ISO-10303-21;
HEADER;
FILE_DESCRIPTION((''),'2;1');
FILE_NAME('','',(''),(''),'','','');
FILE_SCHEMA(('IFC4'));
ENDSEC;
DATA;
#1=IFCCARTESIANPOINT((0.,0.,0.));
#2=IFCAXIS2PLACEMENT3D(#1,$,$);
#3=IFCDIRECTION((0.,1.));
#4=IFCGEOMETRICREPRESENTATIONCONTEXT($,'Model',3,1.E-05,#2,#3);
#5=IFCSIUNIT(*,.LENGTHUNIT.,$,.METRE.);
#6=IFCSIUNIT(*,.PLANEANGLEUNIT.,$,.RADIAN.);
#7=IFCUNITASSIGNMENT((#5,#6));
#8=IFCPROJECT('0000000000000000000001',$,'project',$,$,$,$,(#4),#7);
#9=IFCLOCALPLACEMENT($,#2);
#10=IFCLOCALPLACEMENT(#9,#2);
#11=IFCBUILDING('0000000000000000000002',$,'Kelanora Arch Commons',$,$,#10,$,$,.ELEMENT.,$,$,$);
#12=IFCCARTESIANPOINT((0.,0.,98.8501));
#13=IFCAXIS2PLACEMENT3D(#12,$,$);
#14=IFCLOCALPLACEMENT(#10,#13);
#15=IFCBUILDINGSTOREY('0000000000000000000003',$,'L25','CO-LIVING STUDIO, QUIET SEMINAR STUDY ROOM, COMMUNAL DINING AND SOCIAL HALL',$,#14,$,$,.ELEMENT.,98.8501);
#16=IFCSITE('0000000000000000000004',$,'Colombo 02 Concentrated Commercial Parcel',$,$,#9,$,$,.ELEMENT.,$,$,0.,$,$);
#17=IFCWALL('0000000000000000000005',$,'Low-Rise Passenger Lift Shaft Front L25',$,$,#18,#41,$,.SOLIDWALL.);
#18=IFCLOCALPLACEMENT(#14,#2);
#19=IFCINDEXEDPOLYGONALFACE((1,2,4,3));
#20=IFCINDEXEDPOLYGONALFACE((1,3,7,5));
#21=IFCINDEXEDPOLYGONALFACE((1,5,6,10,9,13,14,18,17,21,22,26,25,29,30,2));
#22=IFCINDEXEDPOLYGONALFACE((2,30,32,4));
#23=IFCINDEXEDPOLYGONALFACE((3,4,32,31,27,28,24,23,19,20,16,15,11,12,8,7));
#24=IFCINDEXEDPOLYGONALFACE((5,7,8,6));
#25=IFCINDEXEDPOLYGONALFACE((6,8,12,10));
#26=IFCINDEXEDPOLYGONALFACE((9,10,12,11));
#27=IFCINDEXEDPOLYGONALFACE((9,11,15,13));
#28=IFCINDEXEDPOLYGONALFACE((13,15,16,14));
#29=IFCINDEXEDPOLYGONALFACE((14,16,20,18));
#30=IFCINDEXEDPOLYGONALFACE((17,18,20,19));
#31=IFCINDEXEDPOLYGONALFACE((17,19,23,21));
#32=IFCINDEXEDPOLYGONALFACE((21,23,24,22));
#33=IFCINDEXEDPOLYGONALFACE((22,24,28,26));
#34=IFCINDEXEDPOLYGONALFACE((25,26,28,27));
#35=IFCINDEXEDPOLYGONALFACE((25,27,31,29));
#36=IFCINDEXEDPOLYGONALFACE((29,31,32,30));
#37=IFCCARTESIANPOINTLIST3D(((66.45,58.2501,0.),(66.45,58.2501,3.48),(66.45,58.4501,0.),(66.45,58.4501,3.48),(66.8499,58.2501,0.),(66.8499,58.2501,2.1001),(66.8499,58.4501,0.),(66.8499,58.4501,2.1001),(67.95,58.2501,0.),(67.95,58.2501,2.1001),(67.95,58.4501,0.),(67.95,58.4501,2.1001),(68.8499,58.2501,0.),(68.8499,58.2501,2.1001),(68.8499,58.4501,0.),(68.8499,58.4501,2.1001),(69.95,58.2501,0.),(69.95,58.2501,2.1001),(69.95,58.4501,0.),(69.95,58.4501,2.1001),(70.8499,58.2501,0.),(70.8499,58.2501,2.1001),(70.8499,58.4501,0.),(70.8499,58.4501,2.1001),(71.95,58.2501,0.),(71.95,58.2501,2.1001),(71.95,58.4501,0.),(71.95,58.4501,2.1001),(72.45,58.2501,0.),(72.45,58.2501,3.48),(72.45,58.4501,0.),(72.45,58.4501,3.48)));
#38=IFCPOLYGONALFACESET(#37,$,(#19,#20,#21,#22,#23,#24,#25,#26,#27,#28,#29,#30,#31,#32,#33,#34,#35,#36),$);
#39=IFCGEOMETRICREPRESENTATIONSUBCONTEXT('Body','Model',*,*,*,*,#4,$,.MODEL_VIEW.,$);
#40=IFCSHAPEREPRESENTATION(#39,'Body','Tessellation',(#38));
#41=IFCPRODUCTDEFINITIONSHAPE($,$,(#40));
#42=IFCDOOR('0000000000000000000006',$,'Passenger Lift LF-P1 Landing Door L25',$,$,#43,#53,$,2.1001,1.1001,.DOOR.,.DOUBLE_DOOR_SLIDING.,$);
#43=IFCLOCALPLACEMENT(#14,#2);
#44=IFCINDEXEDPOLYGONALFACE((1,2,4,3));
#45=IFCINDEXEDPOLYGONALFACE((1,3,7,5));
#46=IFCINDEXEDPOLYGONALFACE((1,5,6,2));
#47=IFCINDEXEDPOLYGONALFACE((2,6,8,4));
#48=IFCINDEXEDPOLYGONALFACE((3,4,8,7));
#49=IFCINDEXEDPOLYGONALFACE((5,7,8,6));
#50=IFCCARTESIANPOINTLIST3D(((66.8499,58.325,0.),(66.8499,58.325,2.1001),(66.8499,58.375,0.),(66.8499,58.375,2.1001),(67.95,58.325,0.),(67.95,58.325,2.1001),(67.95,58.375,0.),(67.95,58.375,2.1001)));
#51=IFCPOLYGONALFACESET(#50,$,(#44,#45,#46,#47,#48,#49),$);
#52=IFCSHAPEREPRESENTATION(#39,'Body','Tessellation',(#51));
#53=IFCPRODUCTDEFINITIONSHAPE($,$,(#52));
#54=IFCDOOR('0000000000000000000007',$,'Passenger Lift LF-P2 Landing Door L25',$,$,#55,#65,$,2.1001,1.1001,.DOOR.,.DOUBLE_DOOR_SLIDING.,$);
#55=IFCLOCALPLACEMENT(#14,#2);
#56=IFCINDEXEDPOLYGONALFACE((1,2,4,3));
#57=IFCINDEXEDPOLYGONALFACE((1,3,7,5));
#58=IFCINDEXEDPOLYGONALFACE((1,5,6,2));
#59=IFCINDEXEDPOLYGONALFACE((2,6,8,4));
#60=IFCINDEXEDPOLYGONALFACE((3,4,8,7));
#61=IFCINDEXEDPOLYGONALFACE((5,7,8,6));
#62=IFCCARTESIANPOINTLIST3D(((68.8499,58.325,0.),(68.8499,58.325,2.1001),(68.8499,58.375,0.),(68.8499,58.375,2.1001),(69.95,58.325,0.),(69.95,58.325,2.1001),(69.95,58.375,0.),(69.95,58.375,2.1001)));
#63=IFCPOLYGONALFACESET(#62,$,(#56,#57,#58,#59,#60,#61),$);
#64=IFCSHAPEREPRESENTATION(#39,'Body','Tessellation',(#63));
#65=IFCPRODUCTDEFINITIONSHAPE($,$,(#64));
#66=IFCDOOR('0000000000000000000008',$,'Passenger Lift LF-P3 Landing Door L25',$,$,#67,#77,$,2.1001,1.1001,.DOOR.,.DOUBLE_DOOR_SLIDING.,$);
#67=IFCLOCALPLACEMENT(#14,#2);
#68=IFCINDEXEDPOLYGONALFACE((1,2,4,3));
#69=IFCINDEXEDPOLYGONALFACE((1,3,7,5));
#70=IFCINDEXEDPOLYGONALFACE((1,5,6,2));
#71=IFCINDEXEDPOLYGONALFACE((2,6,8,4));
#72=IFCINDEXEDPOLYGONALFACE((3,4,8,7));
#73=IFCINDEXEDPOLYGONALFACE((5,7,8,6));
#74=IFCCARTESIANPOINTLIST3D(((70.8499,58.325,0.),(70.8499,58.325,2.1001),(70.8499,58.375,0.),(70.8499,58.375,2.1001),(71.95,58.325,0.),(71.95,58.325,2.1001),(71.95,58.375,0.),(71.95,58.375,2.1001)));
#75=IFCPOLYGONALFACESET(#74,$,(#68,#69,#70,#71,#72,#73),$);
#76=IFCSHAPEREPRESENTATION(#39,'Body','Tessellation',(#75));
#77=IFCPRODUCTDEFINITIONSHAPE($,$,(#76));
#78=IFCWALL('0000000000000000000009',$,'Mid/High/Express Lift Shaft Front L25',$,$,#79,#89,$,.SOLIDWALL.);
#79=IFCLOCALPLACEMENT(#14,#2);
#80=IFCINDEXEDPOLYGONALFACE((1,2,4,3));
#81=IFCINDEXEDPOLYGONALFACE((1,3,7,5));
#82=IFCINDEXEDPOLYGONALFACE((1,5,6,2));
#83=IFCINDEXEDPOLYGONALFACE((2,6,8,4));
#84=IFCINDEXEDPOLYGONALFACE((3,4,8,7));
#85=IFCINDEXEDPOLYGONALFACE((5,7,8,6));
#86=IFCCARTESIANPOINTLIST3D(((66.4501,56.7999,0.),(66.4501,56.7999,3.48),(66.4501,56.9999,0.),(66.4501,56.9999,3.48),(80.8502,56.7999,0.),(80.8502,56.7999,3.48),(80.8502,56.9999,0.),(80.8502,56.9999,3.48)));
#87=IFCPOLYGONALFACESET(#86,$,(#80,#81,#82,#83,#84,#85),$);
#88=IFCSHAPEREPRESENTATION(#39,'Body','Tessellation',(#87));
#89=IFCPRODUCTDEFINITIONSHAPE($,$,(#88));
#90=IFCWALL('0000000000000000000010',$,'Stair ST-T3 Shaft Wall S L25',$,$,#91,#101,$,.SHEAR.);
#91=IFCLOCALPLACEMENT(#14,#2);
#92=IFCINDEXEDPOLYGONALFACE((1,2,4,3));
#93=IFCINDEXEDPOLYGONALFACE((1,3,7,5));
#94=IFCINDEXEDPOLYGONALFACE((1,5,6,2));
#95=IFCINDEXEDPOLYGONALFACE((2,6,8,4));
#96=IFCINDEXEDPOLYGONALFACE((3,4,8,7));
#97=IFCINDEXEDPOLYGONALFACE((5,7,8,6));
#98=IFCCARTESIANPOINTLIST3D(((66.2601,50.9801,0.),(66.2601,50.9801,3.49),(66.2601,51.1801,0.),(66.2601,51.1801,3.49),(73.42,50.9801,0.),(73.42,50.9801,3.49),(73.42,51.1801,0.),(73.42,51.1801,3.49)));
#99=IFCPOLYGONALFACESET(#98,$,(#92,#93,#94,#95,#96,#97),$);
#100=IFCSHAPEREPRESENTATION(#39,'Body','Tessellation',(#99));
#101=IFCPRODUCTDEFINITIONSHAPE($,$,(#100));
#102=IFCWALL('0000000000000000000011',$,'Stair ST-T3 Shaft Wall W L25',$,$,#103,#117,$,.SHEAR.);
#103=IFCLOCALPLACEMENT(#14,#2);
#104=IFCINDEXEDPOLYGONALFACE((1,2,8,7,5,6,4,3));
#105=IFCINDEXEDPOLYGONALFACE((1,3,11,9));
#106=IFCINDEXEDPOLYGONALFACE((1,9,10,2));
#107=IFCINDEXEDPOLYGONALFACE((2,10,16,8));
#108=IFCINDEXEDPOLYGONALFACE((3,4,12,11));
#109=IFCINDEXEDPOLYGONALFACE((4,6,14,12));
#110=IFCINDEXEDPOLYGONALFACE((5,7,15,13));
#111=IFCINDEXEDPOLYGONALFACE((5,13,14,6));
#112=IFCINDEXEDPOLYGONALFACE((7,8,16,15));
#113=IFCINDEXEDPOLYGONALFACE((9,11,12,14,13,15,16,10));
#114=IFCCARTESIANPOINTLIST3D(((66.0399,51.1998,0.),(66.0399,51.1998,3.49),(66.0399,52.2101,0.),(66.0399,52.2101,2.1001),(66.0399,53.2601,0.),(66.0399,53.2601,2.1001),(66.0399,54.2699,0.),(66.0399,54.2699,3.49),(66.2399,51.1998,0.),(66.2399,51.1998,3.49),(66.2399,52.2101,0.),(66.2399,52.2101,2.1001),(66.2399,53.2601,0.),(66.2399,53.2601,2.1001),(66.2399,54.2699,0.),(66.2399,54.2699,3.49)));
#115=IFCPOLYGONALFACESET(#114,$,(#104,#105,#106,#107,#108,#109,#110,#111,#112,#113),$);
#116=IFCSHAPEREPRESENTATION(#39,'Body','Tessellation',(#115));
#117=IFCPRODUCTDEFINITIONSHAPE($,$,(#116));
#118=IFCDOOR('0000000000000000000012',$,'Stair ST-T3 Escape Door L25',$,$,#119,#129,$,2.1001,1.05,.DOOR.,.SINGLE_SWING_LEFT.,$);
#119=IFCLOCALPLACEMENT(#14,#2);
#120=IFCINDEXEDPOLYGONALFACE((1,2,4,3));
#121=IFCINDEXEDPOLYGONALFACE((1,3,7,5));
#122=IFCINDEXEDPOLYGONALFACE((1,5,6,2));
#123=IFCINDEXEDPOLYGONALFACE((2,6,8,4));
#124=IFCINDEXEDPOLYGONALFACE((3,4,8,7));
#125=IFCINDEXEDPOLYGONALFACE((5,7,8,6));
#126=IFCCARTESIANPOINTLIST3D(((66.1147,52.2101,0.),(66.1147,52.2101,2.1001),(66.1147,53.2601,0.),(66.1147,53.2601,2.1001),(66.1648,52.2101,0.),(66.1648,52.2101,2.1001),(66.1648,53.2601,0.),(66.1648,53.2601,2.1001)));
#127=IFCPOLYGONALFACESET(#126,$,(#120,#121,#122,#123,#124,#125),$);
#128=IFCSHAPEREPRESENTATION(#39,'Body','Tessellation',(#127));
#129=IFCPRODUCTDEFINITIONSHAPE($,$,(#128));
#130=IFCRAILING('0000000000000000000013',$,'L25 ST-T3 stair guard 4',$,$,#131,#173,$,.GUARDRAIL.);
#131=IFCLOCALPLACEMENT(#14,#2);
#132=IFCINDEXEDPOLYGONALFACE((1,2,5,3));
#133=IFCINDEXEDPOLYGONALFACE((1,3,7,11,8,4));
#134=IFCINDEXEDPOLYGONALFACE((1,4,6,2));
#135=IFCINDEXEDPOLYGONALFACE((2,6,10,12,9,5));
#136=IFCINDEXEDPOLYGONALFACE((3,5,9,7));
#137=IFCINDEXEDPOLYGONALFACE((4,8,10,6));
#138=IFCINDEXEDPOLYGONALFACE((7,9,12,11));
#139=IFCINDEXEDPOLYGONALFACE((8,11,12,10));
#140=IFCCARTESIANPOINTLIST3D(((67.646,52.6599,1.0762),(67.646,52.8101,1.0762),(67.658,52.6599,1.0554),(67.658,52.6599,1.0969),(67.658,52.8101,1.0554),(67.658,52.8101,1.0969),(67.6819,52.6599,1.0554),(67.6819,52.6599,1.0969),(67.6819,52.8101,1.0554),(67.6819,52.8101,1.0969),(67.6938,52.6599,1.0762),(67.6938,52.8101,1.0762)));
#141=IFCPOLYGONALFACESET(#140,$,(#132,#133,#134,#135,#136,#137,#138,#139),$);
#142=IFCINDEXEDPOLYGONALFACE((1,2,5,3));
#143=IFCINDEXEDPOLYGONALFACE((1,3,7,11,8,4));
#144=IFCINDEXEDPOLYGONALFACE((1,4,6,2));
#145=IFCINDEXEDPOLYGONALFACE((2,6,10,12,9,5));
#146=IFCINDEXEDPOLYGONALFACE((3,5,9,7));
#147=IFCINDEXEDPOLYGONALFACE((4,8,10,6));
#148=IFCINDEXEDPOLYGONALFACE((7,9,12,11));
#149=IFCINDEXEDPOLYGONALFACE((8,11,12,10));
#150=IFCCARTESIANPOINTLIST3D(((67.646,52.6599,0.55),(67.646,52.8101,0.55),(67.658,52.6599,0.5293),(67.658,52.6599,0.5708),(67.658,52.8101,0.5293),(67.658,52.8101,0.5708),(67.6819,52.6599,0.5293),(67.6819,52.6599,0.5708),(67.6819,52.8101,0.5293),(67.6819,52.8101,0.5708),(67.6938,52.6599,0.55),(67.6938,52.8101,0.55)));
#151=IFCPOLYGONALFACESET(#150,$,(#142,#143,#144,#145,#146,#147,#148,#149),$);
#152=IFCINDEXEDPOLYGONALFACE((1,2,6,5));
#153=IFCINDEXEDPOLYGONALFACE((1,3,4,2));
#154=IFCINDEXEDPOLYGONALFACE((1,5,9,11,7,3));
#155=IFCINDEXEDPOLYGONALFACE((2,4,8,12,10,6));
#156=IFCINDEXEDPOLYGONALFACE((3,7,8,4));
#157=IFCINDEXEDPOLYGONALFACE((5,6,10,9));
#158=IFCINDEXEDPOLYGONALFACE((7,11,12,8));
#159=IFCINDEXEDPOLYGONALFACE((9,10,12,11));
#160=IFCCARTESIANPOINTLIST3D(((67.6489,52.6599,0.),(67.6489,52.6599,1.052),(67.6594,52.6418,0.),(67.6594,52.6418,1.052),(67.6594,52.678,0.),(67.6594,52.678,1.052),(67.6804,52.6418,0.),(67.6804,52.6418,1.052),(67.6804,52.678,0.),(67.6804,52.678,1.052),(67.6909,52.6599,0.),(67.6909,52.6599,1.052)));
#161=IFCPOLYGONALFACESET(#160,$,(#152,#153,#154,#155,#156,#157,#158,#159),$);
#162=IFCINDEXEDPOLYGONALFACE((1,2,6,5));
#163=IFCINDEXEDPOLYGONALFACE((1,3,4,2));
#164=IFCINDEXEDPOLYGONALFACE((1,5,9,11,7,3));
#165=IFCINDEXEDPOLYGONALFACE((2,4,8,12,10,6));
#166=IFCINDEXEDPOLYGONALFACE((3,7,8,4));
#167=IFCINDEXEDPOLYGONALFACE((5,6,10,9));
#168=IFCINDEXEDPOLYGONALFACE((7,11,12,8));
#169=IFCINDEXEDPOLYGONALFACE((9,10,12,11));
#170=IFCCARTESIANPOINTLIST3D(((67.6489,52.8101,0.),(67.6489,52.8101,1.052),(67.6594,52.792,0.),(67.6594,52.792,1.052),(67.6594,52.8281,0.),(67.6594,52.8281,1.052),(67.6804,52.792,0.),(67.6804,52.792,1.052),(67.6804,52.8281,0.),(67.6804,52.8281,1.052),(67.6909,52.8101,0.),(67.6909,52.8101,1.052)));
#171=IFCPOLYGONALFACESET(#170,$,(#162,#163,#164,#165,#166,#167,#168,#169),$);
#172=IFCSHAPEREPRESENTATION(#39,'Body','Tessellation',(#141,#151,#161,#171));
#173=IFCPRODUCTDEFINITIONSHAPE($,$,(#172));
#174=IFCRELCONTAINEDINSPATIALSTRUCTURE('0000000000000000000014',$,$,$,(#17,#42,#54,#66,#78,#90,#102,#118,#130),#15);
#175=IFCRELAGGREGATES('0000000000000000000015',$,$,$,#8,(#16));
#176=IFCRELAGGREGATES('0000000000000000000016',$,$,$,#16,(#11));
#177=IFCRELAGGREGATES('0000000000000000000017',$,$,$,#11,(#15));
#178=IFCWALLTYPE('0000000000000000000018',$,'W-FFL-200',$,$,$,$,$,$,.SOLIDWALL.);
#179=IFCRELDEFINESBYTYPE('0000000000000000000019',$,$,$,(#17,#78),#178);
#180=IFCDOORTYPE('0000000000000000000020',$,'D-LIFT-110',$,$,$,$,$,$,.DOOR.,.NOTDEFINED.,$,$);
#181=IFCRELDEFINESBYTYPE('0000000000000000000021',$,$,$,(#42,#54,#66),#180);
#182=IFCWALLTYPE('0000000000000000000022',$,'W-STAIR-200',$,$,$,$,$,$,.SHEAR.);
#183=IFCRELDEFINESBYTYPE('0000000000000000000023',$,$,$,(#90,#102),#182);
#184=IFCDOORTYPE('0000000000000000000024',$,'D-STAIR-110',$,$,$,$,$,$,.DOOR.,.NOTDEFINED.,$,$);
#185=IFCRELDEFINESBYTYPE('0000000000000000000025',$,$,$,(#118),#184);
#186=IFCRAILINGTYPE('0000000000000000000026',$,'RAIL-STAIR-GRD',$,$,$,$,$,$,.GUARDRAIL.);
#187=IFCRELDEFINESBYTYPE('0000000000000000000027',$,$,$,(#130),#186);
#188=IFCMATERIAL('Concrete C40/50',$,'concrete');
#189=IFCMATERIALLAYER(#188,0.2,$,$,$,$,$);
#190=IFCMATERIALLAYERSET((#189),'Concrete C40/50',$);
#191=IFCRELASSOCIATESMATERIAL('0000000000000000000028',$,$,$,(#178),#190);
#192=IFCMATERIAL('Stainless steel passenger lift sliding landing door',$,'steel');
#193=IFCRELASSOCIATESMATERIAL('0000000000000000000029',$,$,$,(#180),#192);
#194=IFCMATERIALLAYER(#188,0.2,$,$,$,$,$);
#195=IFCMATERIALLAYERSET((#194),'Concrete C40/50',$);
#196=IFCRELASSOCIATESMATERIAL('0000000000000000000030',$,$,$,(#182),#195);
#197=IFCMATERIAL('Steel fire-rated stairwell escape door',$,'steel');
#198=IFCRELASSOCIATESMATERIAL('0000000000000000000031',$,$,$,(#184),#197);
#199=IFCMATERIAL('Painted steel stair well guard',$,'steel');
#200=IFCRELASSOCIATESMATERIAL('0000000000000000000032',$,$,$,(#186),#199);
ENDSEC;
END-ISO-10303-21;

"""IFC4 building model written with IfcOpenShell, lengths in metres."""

from ifc_helpers import new_model, si_unit, direction, frame, frame_2d, origin, place, context, subcontext, project, spatial, polyline, rectangle, outline, extrude, material, layer, layer_set, type_object, element, fill, save


model = new_model("IFC4")

# Units and contexts
model_context = context("Model", 3, precision=1e-05, world=origin(), true_north=direction((0.0, 1.0)))
body_context = subcontext(model_context, "Body", "Model", "MODEL_VIEW")
ifc_project = project(units=[si_unit("LENGTHUNIT", "METRE"), si_unit("PLANEANGLEUNIT", "RADIAN")], contexts=[model_context])

# Site, building, storey
site_placement = place(None, origin())
site = spatial("IfcSite", under=ifc_project, at=site_placement, Name="Colombo 02 Concentrated Commercial Parcel", CompositionType="ELEMENT", RefElevation=0.0)
building_placement = place(site_placement, origin())
building = spatial("IfcBuilding", under=site, at=building_placement, Name="Kelanora Arch Commons", CompositionType="ELEMENT")
storey_placement = place(building_placement, frame((0.0, 0.0, 98.8501)))
storey = spatial("IfcBuildingStorey", under=building, at=storey_placement, Name="L25", Description="CO-LIVING STUDIO, QUIET SEMINAR STUDY ROOM, COMMUNAL DINING AND SOCIAL HALL", CompositionType="ELEMENT", Elevation=98.8501)

# Wall, openings, doors
ifc_material_1 = material(Name="Concrete C40/50", Category="concrete")
ifc_layer_1 = layer(ifc_material_1, 0.2)
ifc_layer_set_1 = layer_set([ifc_layer_1], Name="Concrete C40/50")
wall_type_1 = type_object("IfcWallType", Name="W-FFL-200", PredefinedType="SOLIDWALL", material=ifc_layer_set_1)
wall_1_placement = place(storey_placement, frame((66.45, 58.3501, 0.0), z_axis=(0.0, 0.0, 1.0), x_axis=(1.0, 0.0, 0.0)))
wall_1 = element("IfcWall", 1, at=wall_1_placement, inside=storey, type_object=wall_type_1, Name="Low-Rise Passenger Lift Shaft Front L25", PredefinedType="SOLIDWALL", context=body_context, shape_type="SweptSolid", body=[
    extrude(rectangle(XDim=6.0, YDim=0.2, at=frame_2d((3.0, 0.0))), origin(), (0.0, 0.0, 1.0), 3.48),
])
opening_1_placement = place(wall_1_placement, frame((0.3999, 0.0, 0.0)))
opening_1 = element("IfcOpeningElement", 2, at=opening_1_placement, cuts=wall_1, PredefinedType="OPENING", context=body_context, shape_type="SweptSolid", body=[
    extrude(rectangle(XDim=1.1001, YDim=2.1001, at=frame_2d((0.55, 1.05))), frame((0.0, 0.1099, 0.0), z_axis=(0.0, -1.0, 0.0), x_axis=(1.0, 0.0, 0.0)), (0.0, 0.0, 1.0), 0.22),
])
opening_2_placement = place(wall_1_placement, frame((2.3999, 0.0, 0.0)))
opening_2 = element("IfcOpeningElement", 3, at=opening_2_placement, cuts=wall_1, PredefinedType="OPENING", context=body_context, shape_type="SweptSolid", body=[
    extrude(rectangle(XDim=1.1001, YDim=2.1001, at=frame_2d((0.55, 1.05))), frame((0.0, 0.1099, 0.0), z_axis=(0.0, -1.0, 0.0), x_axis=(1.0, 0.0, 0.0)), (0.0, 0.0, 1.0), 0.22),
])
opening_3_placement = place(wall_1_placement, frame((4.3999, 0.0, 0.0)))
opening_3 = element("IfcOpeningElement", 4, at=opening_3_placement, cuts=wall_1, PredefinedType="OPENING", context=body_context, shape_type="SweptSolid", body=[
    extrude(rectangle(XDim=1.1001, YDim=2.1001, at=frame_2d((0.55, 1.05))), frame((0.0, 0.1099, 0.0), z_axis=(0.0, -1.0, 0.0), x_axis=(1.0, 0.0, 0.0)), (0.0, 0.0, 1.0), 0.22),
])
ifc_material_2 = material(Name="Stainless steel passenger lift sliding landing door", Category="steel")
door_type_1 = type_object("IfcDoorType", Name="D-LIFT-110", OperationType="NOTDEFINED", PredefinedType="DOOR", material=ifc_material_2)
door_1_placement = place(opening_1_placement, origin())
door_1 = element("IfcDoor", 5, at=door_1_placement, inside=storey, type_object=door_type_1, Name="Passenger Lift LF-P1 Landing Door L25", OperationType="DOUBLE_DOOR_SLIDING", OverallHeight=2.1001, OverallWidth=1.1001, PredefinedType="DOOR", context=body_context, shape_type="SweptSolid", body=[
    extrude(rectangle(XDim=1.1001, YDim=2.1001, at=frame_2d((0.55, 1.05))), frame((0.0, 0.0249, 0.0), z_axis=(0.0, -1.0, 0.0), x_axis=(1.0, 0.0, 0.0)), (0.0, 0.0, 1.0), 0.05),
])
fill(opening_1, door_1)
door_2_placement = place(opening_2_placement, origin())
door_2 = element("IfcDoor", 6, at=door_2_placement, inside=storey, type_object=door_type_1, Name="Passenger Lift LF-P2 Landing Door L25", OperationType="DOUBLE_DOOR_SLIDING", OverallHeight=2.1001, OverallWidth=1.1001, PredefinedType="DOOR", context=body_context, shape_type="SweptSolid", body=[
    extrude(rectangle(XDim=1.1001, YDim=2.1001, at=frame_2d((0.55, 1.05))), frame((0.0, 0.0249, 0.0), z_axis=(0.0, -1.0, 0.0), x_axis=(1.0, 0.0, 0.0)), (0.0, 0.0, 1.0), 0.05),
])
fill(opening_2, door_2)
door_3_placement = place(opening_3_placement, origin())
door_3 = element("IfcDoor", 7, at=door_3_placement, inside=storey, type_object=door_type_1, Name="Passenger Lift LF-P3 Landing Door L25", OperationType="DOUBLE_DOOR_SLIDING", OverallHeight=2.1001, OverallWidth=1.1001, PredefinedType="DOOR", context=body_context, shape_type="SweptSolid", body=[
    extrude(rectangle(XDim=1.1001, YDim=2.1001, at=frame_2d((0.55, 1.05))), frame((0.0, 0.0249, 0.0), z_axis=(0.0, -1.0, 0.0), x_axis=(1.0, 0.0, 0.0)), (0.0, 0.0, 1.0), 0.05),
])
fill(opening_3, door_3)

# Walls
wall_2_placement = place(storey_placement, frame((66.45, 56.8999, 0.0), z_axis=(0.0, 0.0, 1.0), x_axis=(1.0, 0.0, 0.0)))
element("IfcWall", 8, at=wall_2_placement, inside=storey, type_object=wall_type_1, Name="Mid/High/Express Lift Shaft Front L25", PredefinedType="SOLIDWALL", context=body_context, shape_type="SweptSolid", body=[
    extrude(rectangle(XDim=14.4001, YDim=0.2, at=frame_2d((7.2002, 0.0))), origin(), (0.0, 0.0, 1.0), 3.48),
])
ifc_layer_2 = layer(ifc_material_1, 0.2)
ifc_layer_set_2 = layer_set([ifc_layer_2], Name="Concrete C40/50")
wall_type_2 = type_object("IfcWallType", Name="W-STAIR-200", PredefinedType="SHEAR", material=ifc_layer_set_2)
wall_3_placement = place(storey_placement, frame((66.26, 51.0801, 0.0), z_axis=(0.0, 0.0, 1.0), x_axis=(1.0, 0.0, 0.0)))
element("IfcWall", 9, at=wall_3_placement, inside=storey, type_object=wall_type_2, Name="Stair ST-T3 Shaft Wall S L25", PredefinedType="SHEAR", context=body_context, shape_type="SweptSolid", body=[
    extrude(rectangle(XDim=7.1599, YDim=0.2, at=frame_2d((3.5801, 0.0))), origin(), (0.0, 0.0, 1.0), 3.49),
])

# Wall, opening, door
wall_4_placement = place(storey_placement, frame((66.1399, 54.27, 0.0), z_axis=(0.0, 0.0, 1.0), x_axis=(0.0, -1.0, 0.0)))
wall_4 = element("IfcWall", 10, at=wall_4_placement, inside=storey, type_object=wall_type_2, Name="Stair ST-T3 Shaft Wall W L25", PredefinedType="SHEAR", context=body_context, shape_type="SweptSolid", body=[
    extrude(rectangle(XDim=3.0701, YDim=0.2, at=frame_2d((1.5352, 0.0))), origin(), (0.0, 0.0, 1.0), 3.49),
])
opening_4_placement = place(wall_4_placement, frame((1.01, 0.0, 0.0)))
opening_4 = element("IfcOpeningElement", 11, at=opening_4_placement, cuts=wall_4, PredefinedType="OPENING", context=body_context, shape_type="SweptSolid", body=[
    extrude(rectangle(XDim=1.05, YDim=2.1001, at=frame_2d((0.5249, 1.05))), frame((0.0, 0.1099, 0.0), z_axis=(0.0, -1.0, 0.0), x_axis=(1.0, 0.0, 0.0)), (0.0, 0.0, 1.0), 0.22),
])
ifc_material_3 = material(Name="Steel fire-rated stairwell escape door", Category="steel")
door_type_2 = type_object("IfcDoorType", Name="D-STAIR-110", OperationType="NOTDEFINED", PredefinedType="DOOR", material=ifc_material_3)
door_4_placement = place(opening_4_placement, origin())
door_4 = element("IfcDoor", 12, at=door_4_placement, inside=storey, type_object=door_type_2, Name="Stair ST-T3 Escape Door L25", OperationType="SINGLE_SWING_LEFT", OverallHeight=2.1001, OverallWidth=1.05, PredefinedType="DOOR", context=body_context, shape_type="SweptSolid", body=[
    extrude(rectangle(XDim=1.05, YDim=2.1001, at=frame_2d((0.5249, 1.05))), frame((0.0, 0.0249, 0.0), z_axis=(0.0, -1.0, 0.0), x_axis=(1.0, 0.0, 0.0)), (0.0, 0.0, 1.0), 0.05),
])
fill(opening_4, door_4)

# Railing
ifc_material_4 = material(Name="Painted steel stair well guard", Category="steel")
railing_type_1 = type_object("IfcRailingType", Name="RAIL-STAIR-GRD", PredefinedType="GUARDRAIL", material=ifc_material_4)
railing_1_placement = place(storey_placement, frame((67.6699, 52.6599, 0.0)))
element("IfcRailing", 13, at=railing_1_placement, inside=storey, type_object=railing_type_1, Name="L25 ST-T3 stair guard 4", PredefinedType="GUARDRAIL", context=body_context, shape_type="SweptSolid", body=[
    extrude(outline(polyline([(0.0239, 0.0), (0.012, 0.0208), (-0.012, 0.0208), (-0.0239, 0.0), (-0.012, -0.0208), (0.012, -0.0208), (0.0239, 0.0)])), frame((0.0, 0.0, 1.0762), z_axis=(0.0, 1.0, 0.0), x_axis=(-1.0, 0.0, 0.0)), (0.0, 0.0, 1.0), 0.1501),
    extrude(outline(polyline([(0.0239, 0.0), (0.012, 0.0208), (-0.012, 0.0208), (-0.0239, 0.0), (-0.012, -0.0208), (0.012, -0.0208), (0.0239, 0.0)])), frame((0.0, 0.0, 0.55), z_axis=(0.0, 1.0, 0.0), x_axis=(-1.0, 0.0, 0.0)), (0.0, 0.0, 1.0), 0.1501),
    extrude(outline(polyline([(0.021, 0.0), (0.0105, 0.0181), (-0.0105, 0.0181), (-0.021, 0.0), (-0.0105, -0.0181), (0.0105, -0.0181), (0.021, 0.0)])), origin(), (0.0, 0.0, 1.0), 1.052),
    extrude(outline(polyline([(0.021, 0.0), (0.0105, 0.0181), (-0.0105, 0.0181), (-0.021, 0.0), (-0.0105, -0.0181), (0.0105, -0.0181), (0.021, 0.0)])), frame((0.0, 0.1501, 0.0)), (0.0, 0.0, 1.0), 1.052),
])

save(model, "model.ifc")
